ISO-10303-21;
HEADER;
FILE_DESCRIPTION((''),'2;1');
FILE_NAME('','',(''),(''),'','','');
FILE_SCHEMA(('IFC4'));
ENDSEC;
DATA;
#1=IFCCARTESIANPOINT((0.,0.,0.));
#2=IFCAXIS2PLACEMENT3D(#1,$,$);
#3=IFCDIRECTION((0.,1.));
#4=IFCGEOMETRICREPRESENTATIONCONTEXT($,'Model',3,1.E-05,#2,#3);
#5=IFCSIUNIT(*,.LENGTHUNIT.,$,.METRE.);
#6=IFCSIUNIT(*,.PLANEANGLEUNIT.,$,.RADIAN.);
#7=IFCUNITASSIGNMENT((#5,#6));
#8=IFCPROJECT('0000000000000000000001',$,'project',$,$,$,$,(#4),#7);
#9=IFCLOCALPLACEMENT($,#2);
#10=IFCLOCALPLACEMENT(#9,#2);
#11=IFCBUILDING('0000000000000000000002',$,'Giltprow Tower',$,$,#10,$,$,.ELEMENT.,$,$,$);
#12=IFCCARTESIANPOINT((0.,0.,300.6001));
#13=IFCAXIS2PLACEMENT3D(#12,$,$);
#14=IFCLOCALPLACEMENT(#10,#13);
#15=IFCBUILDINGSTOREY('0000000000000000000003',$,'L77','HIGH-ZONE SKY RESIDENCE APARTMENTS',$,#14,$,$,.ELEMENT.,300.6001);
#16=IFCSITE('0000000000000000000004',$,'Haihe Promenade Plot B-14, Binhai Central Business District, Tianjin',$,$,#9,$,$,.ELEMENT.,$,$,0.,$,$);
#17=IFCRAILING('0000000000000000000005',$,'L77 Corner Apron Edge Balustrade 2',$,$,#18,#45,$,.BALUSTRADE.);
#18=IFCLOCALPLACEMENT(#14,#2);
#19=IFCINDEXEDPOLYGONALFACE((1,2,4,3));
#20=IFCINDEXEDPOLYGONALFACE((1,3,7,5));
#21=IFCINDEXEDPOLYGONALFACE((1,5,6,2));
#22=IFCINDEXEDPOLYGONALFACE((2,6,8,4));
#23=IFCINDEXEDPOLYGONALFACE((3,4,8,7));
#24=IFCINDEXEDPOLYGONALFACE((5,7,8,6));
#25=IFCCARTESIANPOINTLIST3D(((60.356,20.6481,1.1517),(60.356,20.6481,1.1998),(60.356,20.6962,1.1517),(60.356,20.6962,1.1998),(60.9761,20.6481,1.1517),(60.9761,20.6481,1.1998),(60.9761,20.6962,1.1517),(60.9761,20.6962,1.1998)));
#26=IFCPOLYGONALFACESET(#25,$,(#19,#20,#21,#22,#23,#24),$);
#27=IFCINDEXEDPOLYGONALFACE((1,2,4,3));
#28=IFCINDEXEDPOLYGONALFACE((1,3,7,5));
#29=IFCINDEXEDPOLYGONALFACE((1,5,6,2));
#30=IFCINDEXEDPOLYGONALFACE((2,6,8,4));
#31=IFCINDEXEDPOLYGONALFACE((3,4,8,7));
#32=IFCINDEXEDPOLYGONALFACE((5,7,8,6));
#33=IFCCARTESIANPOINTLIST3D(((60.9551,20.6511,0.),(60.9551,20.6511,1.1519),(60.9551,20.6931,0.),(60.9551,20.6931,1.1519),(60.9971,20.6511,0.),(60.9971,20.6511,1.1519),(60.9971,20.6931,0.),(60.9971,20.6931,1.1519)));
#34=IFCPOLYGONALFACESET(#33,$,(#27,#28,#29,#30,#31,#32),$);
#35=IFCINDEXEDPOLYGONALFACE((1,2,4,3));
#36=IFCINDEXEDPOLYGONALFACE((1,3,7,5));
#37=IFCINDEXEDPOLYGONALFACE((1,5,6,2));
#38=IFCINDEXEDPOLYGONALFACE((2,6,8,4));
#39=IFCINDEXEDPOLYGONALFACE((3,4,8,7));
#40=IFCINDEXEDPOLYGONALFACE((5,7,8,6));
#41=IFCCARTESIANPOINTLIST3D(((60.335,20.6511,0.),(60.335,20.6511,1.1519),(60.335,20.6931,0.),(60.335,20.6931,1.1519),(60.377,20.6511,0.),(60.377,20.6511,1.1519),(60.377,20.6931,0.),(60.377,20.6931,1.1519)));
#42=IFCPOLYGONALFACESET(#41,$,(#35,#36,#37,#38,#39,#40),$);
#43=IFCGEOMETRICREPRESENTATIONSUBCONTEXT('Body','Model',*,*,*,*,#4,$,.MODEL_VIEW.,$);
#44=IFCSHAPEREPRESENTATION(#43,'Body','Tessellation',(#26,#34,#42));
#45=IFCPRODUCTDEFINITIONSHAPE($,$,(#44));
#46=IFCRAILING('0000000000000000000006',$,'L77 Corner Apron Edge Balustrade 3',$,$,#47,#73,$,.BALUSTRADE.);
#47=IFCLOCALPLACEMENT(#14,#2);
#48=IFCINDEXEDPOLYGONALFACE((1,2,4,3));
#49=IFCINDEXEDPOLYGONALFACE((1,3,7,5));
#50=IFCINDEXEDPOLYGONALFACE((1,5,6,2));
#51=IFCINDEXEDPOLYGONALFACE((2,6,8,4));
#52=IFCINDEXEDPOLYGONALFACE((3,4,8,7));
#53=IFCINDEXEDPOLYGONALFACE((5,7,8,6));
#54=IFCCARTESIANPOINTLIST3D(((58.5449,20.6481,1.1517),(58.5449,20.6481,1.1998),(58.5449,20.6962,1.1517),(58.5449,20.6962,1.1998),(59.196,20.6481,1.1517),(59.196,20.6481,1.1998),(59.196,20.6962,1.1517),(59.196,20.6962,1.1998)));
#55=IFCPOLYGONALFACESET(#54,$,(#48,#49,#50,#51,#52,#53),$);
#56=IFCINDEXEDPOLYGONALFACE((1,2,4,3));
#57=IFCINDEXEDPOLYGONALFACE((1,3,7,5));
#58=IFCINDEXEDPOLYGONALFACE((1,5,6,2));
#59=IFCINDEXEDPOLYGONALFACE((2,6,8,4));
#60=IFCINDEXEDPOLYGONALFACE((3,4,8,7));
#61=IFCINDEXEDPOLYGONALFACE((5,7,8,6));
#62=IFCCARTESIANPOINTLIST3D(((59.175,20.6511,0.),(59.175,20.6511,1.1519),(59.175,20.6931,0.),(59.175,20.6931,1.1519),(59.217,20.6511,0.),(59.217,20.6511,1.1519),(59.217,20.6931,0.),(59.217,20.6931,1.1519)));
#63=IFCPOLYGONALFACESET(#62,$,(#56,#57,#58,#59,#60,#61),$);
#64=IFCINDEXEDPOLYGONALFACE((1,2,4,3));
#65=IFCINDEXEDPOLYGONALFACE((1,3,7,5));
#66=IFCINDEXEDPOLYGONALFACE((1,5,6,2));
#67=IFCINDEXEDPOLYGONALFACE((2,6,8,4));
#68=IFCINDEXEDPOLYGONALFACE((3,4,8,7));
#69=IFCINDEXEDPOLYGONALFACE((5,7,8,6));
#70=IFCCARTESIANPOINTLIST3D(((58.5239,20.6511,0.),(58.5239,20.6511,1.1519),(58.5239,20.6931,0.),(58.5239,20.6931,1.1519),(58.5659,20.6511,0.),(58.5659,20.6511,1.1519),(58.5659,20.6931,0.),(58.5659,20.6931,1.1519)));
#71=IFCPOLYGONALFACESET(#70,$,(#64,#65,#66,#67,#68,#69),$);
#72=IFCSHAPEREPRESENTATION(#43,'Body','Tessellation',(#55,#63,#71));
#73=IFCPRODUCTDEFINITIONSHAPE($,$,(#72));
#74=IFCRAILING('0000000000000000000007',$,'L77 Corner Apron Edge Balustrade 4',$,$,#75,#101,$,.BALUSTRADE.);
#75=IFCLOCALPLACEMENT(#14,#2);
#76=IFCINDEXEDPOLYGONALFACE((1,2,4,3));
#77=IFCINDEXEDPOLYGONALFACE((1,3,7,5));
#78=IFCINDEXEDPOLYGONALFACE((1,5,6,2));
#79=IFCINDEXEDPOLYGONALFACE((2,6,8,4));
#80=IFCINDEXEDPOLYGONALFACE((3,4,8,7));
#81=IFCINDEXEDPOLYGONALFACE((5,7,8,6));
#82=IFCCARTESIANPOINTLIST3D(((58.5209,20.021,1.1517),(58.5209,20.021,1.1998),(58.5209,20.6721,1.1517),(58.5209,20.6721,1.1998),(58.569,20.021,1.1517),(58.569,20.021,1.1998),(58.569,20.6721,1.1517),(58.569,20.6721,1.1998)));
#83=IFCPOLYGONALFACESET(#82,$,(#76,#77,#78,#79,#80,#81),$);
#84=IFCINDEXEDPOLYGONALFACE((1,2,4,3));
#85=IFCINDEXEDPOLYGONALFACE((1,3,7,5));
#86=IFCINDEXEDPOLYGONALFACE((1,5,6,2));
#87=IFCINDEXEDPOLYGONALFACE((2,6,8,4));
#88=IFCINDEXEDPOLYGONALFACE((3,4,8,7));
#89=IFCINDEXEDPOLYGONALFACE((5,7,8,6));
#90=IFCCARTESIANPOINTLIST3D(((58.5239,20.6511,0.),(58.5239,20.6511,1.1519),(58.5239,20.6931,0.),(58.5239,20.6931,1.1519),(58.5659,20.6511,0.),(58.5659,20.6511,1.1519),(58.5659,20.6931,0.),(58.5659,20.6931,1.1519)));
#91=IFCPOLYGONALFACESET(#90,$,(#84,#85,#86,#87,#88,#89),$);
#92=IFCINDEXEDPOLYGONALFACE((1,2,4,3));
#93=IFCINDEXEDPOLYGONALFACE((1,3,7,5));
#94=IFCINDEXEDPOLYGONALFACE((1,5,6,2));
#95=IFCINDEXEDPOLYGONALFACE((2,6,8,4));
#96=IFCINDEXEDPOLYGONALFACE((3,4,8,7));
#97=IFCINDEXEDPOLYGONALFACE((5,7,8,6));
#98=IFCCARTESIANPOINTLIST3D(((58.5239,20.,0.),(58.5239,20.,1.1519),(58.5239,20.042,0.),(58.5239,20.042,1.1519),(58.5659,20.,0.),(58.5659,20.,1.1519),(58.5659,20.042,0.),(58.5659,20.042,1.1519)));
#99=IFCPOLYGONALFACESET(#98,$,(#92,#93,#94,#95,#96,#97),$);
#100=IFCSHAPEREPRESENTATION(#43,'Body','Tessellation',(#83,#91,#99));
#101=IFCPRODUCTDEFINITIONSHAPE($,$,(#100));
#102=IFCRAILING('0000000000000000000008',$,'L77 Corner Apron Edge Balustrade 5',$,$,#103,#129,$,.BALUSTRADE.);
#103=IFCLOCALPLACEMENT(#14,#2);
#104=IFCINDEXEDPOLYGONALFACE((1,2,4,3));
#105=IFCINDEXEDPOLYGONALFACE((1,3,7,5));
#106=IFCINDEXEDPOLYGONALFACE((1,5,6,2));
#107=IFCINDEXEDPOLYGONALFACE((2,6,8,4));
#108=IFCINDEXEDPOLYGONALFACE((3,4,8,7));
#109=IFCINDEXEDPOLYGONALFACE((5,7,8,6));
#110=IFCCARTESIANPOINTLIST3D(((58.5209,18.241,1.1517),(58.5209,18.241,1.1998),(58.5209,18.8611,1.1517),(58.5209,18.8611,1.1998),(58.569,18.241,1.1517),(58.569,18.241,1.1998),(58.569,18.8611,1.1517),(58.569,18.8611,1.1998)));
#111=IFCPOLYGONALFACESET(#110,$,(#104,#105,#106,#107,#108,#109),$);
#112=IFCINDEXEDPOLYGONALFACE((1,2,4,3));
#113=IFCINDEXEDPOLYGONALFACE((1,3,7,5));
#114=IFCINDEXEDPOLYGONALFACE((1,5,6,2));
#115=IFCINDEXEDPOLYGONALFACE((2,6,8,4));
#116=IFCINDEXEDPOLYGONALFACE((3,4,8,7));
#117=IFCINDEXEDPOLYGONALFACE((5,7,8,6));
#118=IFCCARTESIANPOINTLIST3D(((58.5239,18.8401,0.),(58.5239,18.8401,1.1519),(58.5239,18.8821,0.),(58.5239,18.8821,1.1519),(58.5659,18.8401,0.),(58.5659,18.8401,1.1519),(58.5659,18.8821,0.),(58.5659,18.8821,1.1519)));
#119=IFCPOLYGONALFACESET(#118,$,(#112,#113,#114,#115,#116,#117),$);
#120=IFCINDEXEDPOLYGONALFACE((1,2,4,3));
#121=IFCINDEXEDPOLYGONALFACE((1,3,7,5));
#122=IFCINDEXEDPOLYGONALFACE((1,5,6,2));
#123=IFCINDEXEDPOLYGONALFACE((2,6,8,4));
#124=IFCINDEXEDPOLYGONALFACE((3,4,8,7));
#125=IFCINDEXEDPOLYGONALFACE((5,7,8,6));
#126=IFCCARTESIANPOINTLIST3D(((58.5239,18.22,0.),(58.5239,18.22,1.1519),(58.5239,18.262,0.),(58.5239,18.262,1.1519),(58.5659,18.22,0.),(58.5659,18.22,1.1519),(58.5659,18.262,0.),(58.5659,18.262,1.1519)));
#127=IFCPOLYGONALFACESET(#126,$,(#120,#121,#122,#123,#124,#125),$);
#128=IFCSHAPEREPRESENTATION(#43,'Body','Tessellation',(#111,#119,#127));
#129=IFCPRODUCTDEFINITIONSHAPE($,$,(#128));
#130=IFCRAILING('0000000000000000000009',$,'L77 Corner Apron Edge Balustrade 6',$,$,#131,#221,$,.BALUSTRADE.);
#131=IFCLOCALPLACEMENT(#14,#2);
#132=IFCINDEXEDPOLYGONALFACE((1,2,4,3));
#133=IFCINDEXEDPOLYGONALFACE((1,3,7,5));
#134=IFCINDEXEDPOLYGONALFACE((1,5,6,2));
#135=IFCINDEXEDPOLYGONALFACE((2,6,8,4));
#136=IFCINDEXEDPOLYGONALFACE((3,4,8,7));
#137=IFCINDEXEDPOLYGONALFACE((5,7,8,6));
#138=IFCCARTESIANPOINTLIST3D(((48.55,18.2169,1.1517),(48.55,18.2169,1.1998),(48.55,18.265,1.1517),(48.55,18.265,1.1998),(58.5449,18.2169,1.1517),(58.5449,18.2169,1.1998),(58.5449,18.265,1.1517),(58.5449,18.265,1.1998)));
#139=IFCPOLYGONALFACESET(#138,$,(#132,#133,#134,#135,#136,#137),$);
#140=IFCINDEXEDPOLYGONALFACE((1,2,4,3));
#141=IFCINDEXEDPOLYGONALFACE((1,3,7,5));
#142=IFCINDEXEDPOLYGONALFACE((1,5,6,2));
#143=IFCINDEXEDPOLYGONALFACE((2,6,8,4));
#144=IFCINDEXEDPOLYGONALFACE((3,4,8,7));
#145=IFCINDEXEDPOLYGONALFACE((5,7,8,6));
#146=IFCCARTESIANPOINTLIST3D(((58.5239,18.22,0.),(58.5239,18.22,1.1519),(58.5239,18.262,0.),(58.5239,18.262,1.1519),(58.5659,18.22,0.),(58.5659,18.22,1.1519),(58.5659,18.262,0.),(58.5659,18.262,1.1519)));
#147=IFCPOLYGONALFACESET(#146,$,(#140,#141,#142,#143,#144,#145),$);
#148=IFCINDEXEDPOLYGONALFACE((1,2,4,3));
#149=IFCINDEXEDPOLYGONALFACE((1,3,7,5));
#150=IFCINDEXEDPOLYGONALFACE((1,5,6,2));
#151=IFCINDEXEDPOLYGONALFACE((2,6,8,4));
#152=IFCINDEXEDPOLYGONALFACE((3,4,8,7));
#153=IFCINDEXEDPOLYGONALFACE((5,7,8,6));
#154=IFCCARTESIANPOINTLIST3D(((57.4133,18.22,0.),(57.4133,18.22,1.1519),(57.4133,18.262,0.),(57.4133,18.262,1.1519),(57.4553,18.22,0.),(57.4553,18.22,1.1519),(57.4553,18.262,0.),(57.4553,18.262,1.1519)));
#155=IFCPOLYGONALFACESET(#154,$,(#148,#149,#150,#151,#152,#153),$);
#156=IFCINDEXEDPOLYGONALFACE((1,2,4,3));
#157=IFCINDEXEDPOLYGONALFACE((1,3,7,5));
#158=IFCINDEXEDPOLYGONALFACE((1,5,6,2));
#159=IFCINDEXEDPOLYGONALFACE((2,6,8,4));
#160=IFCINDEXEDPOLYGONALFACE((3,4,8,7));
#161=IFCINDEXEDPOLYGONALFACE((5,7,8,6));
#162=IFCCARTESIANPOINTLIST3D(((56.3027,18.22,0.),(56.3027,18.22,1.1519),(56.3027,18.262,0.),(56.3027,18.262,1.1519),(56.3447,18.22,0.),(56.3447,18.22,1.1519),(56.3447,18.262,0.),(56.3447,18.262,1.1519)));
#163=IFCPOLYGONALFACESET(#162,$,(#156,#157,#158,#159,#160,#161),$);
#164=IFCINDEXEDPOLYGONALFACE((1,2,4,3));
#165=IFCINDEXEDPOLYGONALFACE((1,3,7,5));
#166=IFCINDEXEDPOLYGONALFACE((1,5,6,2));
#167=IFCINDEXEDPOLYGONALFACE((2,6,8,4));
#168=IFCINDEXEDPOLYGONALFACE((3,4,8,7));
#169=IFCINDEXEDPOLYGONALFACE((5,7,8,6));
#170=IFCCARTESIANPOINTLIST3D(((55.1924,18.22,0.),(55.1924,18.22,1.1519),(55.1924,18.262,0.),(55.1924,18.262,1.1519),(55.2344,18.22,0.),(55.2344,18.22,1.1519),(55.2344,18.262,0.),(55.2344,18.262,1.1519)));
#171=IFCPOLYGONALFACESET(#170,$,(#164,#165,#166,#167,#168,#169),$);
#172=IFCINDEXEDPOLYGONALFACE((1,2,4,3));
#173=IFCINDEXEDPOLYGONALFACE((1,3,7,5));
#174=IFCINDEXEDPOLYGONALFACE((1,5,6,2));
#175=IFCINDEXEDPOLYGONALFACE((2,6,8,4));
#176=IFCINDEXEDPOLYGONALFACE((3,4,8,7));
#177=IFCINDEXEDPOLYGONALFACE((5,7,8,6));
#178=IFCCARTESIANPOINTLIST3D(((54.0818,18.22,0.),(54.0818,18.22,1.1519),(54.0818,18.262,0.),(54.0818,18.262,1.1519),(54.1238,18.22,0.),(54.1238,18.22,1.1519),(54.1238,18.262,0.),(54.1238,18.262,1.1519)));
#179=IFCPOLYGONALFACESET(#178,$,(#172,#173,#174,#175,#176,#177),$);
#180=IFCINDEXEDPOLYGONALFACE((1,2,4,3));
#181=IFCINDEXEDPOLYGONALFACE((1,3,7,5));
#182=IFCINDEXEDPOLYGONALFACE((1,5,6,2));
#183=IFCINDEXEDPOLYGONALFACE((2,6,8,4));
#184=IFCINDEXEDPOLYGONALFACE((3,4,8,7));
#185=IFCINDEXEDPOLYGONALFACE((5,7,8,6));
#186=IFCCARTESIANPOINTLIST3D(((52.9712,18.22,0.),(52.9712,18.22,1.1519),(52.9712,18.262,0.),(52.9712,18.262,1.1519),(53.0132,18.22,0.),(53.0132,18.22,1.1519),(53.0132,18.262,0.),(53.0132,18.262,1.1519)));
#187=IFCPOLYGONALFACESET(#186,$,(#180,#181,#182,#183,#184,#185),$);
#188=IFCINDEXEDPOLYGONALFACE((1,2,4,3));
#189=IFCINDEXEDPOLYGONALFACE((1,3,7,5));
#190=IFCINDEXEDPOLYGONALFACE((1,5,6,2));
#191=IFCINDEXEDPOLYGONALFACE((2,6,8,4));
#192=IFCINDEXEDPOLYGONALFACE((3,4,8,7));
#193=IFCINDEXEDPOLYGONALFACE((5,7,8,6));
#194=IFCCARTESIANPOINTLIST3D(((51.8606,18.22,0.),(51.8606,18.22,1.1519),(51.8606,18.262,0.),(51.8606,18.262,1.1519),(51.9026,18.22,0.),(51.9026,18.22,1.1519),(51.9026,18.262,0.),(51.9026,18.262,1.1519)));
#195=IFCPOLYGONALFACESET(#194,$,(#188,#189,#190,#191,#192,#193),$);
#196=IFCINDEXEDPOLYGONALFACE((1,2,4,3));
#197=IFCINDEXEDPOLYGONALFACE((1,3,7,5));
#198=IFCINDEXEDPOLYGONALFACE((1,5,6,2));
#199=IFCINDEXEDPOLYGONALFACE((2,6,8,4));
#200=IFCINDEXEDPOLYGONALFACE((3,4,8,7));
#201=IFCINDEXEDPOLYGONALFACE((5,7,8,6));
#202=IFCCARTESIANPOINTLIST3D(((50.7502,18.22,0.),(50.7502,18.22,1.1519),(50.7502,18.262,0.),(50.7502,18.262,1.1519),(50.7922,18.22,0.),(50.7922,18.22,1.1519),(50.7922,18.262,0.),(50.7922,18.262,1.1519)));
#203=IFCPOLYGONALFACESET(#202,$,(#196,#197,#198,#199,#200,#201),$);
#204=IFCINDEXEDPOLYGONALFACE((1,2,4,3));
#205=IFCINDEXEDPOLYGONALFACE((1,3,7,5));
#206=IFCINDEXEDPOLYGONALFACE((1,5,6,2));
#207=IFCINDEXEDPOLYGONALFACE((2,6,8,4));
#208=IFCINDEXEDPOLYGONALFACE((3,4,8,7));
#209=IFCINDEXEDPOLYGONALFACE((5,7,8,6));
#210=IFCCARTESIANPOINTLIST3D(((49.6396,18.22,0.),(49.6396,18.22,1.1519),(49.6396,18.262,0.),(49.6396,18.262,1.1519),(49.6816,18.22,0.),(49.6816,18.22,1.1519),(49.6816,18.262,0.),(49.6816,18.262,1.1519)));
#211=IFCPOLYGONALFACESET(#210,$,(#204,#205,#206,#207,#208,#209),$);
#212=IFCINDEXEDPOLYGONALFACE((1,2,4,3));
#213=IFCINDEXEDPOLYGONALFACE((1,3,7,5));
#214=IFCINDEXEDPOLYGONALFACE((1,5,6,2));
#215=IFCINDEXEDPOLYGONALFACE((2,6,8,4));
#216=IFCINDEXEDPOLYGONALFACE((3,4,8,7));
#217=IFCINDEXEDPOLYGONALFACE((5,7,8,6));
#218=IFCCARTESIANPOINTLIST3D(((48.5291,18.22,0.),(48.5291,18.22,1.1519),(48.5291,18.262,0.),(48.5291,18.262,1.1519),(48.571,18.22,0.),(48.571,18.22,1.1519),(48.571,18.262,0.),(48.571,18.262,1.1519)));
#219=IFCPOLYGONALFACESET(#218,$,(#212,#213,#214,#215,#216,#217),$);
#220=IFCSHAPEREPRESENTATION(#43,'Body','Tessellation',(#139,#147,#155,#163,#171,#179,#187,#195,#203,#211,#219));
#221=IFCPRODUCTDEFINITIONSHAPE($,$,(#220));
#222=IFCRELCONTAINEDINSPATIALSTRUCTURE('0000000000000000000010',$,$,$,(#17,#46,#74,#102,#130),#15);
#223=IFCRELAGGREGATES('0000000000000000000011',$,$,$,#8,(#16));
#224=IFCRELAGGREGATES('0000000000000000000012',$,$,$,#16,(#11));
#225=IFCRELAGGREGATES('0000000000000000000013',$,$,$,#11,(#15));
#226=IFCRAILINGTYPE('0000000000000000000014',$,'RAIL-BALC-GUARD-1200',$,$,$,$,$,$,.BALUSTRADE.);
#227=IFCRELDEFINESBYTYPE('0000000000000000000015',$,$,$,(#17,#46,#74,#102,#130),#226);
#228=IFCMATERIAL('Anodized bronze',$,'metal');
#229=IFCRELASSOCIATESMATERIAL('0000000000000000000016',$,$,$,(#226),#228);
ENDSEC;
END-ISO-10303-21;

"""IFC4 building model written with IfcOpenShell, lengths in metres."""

from ifc_helpers import new_model, si_unit, direction, frame, origin, origin_2d, place, context, subcontext, project, spatial, rectangle, extrude, material, type_object, element, save


model = new_model("IFC4")

# Units and contexts
model_context = context("Model", 3, precision=1e-05, world=origin(), true_north=direction((0.0, 1.0)))
body_context = subcontext(model_context, "Body", "Model", "MODEL_VIEW")
ifc_project = project(units=[si_unit("LENGTHUNIT", "METRE"), si_unit("PLANEANGLEUNIT", "RADIAN")], contexts=[model_context])

# Site, building, storey
site_placement = place(None, origin())
site = spatial("IfcSite", under=ifc_project, at=site_placement, Name="Haihe Promenade Plot B-14, Binhai Central Business District, Tianjin", CompositionType="ELEMENT", RefElevation=0.0)
building_placement = place(site_placement, origin())
building = spatial("IfcBuilding", under=site, at=building_placement, Name="Giltprow Tower", CompositionType="ELEMENT")
storey_placement = place(building_placement, frame((0.0, 0.0, 300.6001)))
storey = spatial("IfcBuildingStorey", under=building, at=storey_placement, Name="L77", Description="HIGH-ZONE SKY RESIDENCE APARTMENTS", CompositionType="ELEMENT", Elevation=300.6001)

# Shared definitions
ifc_material_1 = material(Name="Anodized bronze", Category="metal")

# Railings
railing_type = type_object("IfcRailingType", Name="RAIL-BALC-GUARD-1200", PredefinedType="BALUSTRADE", material=ifc_material_1)
railing_1_placement = place(storey_placement, frame((60.9761, 20.6721, 0.0)))
element("IfcRailing", 1, at=railing_1_placement, inside=storey, type_object=railing_type, Name="L77 Corner Apron Edge Balustrade 2", PredefinedType="BALUSTRADE", context=body_context, shape_type="SweptSolid", body=[
    extrude(rectangle(XDim=0.0481, YDim=0.0481, at=origin_2d()), frame((0.0, 0.0, 1.1758), z_axis=(-1.0, 0.0, 0.0), x_axis=(0.0, -1.0, 0.0)), (0.0, 0.0, 1.0), 0.6201),
    extrude(rectangle(XDim=0.042, YDim=0.042, at=origin_2d()), origin(), (0.0, 0.0, 1.0), 1.1519),
    extrude(rectangle(XDim=0.042, YDim=0.042, at=origin_2d()), frame((-0.6201, 0.0, 0.0)), (0.0, 0.0, 1.0), 1.1519),
])
railing_2_placement = place(storey_placement, frame((59.196, 20.6721, 0.0)))
element("IfcRailing", 2, at=railing_2_placement, inside=storey, type_object=railing_type, Name="L77 Corner Apron Edge Balustrade 3", PredefinedType="BALUSTRADE", context=body_context, shape_type="SweptSolid", body=[
    extrude(rectangle(XDim=0.0481, YDim=0.0481, at=origin_2d()), frame((0.0, 0.0, 1.1758), z_axis=(-1.0, 0.0, 0.0), x_axis=(0.0, -1.0, 0.0)), (0.0, 0.0, 1.0), 0.6511),
    extrude(rectangle(XDim=0.042, YDim=0.042, at=origin_2d()), origin(), (0.0, 0.0, 1.0), 1.1519),
    extrude(rectangle(XDim=0.042, YDim=0.042, at=origin_2d()), frame((-0.6511, 0.0, 0.0)), (0.0, 0.0, 1.0), 1.1519),
])
railing_3_placement = place(storey_placement, frame((58.5449, 20.6721, 0.0)))
element("IfcRailing", 3, at=railing_3_placement, inside=storey, type_object=railing_type, Name="L77 Corner Apron Edge Balustrade 4", PredefinedType="BALUSTRADE", context=body_context, shape_type="SweptSolid", body=[
    extrude(rectangle(XDim=0.0481, YDim=0.0481, at=origin_2d()), frame((0.0, 0.0, 1.1758), z_axis=(0.0, -1.0, 0.0), x_axis=(1.0, 0.0, 0.0)), (0.0, 0.0, 1.0), 0.6511),
    extrude(rectangle(XDim=0.042, YDim=0.042, at=origin_2d()), origin(), (0.0, 0.0, 1.0), 1.1519),
    extrude(rectangle(XDim=0.042, YDim=0.042, at=origin_2d()), frame((0.0, -0.6511, 0.0)), (0.0, 0.0, 1.0), 1.1519),
])
railing_4_placement = place(storey_placement, frame((58.5449, 18.8611, 0.0)))
element("IfcRailing", 4, at=railing_4_placement, inside=storey, type_object=railing_type, Name="L77 Corner Apron Edge Balustrade 5", PredefinedType="BALUSTRADE", context=body_context, shape_type="SweptSolid", body=[
    extrude(rectangle(XDim=0.0481, YDim=0.0481, at=origin_2d()), frame((0.0, 0.0, 1.1758), z_axis=(0.0, -1.0, 0.0), x_axis=(1.0, 0.0, 0.0)), (0.0, 0.0, 1.0), 0.6201),
    extrude(rectangle(XDim=0.042, YDim=0.042, at=origin_2d()), origin(), (0.0, 0.0, 1.0), 1.1519),
    extrude(rectangle(XDim=0.042, YDim=0.042, at=origin_2d()), frame((0.0, -0.6201, 0.0)), (0.0, 0.0, 1.0), 1.1519),
])
railing_5_placement = place(storey_placement, frame((58.5449, 18.241, 0.0)))
element("IfcRailing", 5, at=railing_5_placement, inside=storey, type_object=railing_type, Name="L77 Corner Apron Edge Balustrade 6", PredefinedType="BALUSTRADE", context=body_context, shape_type="SweptSolid", body=[
    extrude(rectangle(XDim=0.0481, YDim=0.0481, at=origin_2d()), frame((0.0, 0.0, 1.1758), z_axis=(-1.0, 0.0, 0.0), x_axis=(0.0, -1.0, 0.0)), (0.0, 0.0, 1.0), 9.9949),
    extrude(rectangle(XDim=0.042, YDim=0.042, at=origin_2d()), origin(), (0.0, 0.0, 1.0), 1.1519),
    extrude(rectangle(XDim=0.042, YDim=0.042, at=origin_2d()), frame((-1.1106, 0.0, 0.0)), (0.0, 0.0, 1.0), 1.1519),
    extrude(rectangle(XDim=0.042, YDim=0.042, at=origin_2d()), frame((-2.2212, 0.0, 0.0)), (0.0, 0.0, 1.0), 1.1519),
    extrude(rectangle(XDim=0.042, YDim=0.042, at=origin_2d()), frame((-3.3315, 0.0, 0.0)), (0.0, 0.0, 1.0), 1.1519),
    extrude(rectangle(XDim=0.042, YDim=0.042, at=origin_2d()), frame((-4.4421, 0.0, 0.0)), (0.0, 0.0, 1.0), 1.1519),
    extrude(rectangle(XDim=0.042, YDim=0.042, at=origin_2d()), frame((-5.5527, 0.0, 0.0)), (0.0, 0.0, 1.0), 1.1519),
    extrude(rectangle(XDim=0.042, YDim=0.042, at=origin_2d()), frame((-6.6633, 0.0, 0.0)), (0.0, 0.0, 1.0), 1.1519),
    extrude(rectangle(XDim=0.042, YDim=0.042, at=origin_2d()), frame((-7.7737, 0.0, 0.0)), (0.0, 0.0, 1.0), 1.1519),
    extrude(rectangle(XDim=0.042, YDim=0.042, at=origin_2d()), frame((-8.8843, 0.0, 0.0)), (0.0, 0.0, 1.0), 1.1519),
    extrude(rectangle(XDim=0.042, YDim=0.042, at=origin_2d()), frame((-9.9949, 0.0, 0.0)), (0.0, 0.0, 1.0), 1.1519),
])

save(model, "model.ifc")
